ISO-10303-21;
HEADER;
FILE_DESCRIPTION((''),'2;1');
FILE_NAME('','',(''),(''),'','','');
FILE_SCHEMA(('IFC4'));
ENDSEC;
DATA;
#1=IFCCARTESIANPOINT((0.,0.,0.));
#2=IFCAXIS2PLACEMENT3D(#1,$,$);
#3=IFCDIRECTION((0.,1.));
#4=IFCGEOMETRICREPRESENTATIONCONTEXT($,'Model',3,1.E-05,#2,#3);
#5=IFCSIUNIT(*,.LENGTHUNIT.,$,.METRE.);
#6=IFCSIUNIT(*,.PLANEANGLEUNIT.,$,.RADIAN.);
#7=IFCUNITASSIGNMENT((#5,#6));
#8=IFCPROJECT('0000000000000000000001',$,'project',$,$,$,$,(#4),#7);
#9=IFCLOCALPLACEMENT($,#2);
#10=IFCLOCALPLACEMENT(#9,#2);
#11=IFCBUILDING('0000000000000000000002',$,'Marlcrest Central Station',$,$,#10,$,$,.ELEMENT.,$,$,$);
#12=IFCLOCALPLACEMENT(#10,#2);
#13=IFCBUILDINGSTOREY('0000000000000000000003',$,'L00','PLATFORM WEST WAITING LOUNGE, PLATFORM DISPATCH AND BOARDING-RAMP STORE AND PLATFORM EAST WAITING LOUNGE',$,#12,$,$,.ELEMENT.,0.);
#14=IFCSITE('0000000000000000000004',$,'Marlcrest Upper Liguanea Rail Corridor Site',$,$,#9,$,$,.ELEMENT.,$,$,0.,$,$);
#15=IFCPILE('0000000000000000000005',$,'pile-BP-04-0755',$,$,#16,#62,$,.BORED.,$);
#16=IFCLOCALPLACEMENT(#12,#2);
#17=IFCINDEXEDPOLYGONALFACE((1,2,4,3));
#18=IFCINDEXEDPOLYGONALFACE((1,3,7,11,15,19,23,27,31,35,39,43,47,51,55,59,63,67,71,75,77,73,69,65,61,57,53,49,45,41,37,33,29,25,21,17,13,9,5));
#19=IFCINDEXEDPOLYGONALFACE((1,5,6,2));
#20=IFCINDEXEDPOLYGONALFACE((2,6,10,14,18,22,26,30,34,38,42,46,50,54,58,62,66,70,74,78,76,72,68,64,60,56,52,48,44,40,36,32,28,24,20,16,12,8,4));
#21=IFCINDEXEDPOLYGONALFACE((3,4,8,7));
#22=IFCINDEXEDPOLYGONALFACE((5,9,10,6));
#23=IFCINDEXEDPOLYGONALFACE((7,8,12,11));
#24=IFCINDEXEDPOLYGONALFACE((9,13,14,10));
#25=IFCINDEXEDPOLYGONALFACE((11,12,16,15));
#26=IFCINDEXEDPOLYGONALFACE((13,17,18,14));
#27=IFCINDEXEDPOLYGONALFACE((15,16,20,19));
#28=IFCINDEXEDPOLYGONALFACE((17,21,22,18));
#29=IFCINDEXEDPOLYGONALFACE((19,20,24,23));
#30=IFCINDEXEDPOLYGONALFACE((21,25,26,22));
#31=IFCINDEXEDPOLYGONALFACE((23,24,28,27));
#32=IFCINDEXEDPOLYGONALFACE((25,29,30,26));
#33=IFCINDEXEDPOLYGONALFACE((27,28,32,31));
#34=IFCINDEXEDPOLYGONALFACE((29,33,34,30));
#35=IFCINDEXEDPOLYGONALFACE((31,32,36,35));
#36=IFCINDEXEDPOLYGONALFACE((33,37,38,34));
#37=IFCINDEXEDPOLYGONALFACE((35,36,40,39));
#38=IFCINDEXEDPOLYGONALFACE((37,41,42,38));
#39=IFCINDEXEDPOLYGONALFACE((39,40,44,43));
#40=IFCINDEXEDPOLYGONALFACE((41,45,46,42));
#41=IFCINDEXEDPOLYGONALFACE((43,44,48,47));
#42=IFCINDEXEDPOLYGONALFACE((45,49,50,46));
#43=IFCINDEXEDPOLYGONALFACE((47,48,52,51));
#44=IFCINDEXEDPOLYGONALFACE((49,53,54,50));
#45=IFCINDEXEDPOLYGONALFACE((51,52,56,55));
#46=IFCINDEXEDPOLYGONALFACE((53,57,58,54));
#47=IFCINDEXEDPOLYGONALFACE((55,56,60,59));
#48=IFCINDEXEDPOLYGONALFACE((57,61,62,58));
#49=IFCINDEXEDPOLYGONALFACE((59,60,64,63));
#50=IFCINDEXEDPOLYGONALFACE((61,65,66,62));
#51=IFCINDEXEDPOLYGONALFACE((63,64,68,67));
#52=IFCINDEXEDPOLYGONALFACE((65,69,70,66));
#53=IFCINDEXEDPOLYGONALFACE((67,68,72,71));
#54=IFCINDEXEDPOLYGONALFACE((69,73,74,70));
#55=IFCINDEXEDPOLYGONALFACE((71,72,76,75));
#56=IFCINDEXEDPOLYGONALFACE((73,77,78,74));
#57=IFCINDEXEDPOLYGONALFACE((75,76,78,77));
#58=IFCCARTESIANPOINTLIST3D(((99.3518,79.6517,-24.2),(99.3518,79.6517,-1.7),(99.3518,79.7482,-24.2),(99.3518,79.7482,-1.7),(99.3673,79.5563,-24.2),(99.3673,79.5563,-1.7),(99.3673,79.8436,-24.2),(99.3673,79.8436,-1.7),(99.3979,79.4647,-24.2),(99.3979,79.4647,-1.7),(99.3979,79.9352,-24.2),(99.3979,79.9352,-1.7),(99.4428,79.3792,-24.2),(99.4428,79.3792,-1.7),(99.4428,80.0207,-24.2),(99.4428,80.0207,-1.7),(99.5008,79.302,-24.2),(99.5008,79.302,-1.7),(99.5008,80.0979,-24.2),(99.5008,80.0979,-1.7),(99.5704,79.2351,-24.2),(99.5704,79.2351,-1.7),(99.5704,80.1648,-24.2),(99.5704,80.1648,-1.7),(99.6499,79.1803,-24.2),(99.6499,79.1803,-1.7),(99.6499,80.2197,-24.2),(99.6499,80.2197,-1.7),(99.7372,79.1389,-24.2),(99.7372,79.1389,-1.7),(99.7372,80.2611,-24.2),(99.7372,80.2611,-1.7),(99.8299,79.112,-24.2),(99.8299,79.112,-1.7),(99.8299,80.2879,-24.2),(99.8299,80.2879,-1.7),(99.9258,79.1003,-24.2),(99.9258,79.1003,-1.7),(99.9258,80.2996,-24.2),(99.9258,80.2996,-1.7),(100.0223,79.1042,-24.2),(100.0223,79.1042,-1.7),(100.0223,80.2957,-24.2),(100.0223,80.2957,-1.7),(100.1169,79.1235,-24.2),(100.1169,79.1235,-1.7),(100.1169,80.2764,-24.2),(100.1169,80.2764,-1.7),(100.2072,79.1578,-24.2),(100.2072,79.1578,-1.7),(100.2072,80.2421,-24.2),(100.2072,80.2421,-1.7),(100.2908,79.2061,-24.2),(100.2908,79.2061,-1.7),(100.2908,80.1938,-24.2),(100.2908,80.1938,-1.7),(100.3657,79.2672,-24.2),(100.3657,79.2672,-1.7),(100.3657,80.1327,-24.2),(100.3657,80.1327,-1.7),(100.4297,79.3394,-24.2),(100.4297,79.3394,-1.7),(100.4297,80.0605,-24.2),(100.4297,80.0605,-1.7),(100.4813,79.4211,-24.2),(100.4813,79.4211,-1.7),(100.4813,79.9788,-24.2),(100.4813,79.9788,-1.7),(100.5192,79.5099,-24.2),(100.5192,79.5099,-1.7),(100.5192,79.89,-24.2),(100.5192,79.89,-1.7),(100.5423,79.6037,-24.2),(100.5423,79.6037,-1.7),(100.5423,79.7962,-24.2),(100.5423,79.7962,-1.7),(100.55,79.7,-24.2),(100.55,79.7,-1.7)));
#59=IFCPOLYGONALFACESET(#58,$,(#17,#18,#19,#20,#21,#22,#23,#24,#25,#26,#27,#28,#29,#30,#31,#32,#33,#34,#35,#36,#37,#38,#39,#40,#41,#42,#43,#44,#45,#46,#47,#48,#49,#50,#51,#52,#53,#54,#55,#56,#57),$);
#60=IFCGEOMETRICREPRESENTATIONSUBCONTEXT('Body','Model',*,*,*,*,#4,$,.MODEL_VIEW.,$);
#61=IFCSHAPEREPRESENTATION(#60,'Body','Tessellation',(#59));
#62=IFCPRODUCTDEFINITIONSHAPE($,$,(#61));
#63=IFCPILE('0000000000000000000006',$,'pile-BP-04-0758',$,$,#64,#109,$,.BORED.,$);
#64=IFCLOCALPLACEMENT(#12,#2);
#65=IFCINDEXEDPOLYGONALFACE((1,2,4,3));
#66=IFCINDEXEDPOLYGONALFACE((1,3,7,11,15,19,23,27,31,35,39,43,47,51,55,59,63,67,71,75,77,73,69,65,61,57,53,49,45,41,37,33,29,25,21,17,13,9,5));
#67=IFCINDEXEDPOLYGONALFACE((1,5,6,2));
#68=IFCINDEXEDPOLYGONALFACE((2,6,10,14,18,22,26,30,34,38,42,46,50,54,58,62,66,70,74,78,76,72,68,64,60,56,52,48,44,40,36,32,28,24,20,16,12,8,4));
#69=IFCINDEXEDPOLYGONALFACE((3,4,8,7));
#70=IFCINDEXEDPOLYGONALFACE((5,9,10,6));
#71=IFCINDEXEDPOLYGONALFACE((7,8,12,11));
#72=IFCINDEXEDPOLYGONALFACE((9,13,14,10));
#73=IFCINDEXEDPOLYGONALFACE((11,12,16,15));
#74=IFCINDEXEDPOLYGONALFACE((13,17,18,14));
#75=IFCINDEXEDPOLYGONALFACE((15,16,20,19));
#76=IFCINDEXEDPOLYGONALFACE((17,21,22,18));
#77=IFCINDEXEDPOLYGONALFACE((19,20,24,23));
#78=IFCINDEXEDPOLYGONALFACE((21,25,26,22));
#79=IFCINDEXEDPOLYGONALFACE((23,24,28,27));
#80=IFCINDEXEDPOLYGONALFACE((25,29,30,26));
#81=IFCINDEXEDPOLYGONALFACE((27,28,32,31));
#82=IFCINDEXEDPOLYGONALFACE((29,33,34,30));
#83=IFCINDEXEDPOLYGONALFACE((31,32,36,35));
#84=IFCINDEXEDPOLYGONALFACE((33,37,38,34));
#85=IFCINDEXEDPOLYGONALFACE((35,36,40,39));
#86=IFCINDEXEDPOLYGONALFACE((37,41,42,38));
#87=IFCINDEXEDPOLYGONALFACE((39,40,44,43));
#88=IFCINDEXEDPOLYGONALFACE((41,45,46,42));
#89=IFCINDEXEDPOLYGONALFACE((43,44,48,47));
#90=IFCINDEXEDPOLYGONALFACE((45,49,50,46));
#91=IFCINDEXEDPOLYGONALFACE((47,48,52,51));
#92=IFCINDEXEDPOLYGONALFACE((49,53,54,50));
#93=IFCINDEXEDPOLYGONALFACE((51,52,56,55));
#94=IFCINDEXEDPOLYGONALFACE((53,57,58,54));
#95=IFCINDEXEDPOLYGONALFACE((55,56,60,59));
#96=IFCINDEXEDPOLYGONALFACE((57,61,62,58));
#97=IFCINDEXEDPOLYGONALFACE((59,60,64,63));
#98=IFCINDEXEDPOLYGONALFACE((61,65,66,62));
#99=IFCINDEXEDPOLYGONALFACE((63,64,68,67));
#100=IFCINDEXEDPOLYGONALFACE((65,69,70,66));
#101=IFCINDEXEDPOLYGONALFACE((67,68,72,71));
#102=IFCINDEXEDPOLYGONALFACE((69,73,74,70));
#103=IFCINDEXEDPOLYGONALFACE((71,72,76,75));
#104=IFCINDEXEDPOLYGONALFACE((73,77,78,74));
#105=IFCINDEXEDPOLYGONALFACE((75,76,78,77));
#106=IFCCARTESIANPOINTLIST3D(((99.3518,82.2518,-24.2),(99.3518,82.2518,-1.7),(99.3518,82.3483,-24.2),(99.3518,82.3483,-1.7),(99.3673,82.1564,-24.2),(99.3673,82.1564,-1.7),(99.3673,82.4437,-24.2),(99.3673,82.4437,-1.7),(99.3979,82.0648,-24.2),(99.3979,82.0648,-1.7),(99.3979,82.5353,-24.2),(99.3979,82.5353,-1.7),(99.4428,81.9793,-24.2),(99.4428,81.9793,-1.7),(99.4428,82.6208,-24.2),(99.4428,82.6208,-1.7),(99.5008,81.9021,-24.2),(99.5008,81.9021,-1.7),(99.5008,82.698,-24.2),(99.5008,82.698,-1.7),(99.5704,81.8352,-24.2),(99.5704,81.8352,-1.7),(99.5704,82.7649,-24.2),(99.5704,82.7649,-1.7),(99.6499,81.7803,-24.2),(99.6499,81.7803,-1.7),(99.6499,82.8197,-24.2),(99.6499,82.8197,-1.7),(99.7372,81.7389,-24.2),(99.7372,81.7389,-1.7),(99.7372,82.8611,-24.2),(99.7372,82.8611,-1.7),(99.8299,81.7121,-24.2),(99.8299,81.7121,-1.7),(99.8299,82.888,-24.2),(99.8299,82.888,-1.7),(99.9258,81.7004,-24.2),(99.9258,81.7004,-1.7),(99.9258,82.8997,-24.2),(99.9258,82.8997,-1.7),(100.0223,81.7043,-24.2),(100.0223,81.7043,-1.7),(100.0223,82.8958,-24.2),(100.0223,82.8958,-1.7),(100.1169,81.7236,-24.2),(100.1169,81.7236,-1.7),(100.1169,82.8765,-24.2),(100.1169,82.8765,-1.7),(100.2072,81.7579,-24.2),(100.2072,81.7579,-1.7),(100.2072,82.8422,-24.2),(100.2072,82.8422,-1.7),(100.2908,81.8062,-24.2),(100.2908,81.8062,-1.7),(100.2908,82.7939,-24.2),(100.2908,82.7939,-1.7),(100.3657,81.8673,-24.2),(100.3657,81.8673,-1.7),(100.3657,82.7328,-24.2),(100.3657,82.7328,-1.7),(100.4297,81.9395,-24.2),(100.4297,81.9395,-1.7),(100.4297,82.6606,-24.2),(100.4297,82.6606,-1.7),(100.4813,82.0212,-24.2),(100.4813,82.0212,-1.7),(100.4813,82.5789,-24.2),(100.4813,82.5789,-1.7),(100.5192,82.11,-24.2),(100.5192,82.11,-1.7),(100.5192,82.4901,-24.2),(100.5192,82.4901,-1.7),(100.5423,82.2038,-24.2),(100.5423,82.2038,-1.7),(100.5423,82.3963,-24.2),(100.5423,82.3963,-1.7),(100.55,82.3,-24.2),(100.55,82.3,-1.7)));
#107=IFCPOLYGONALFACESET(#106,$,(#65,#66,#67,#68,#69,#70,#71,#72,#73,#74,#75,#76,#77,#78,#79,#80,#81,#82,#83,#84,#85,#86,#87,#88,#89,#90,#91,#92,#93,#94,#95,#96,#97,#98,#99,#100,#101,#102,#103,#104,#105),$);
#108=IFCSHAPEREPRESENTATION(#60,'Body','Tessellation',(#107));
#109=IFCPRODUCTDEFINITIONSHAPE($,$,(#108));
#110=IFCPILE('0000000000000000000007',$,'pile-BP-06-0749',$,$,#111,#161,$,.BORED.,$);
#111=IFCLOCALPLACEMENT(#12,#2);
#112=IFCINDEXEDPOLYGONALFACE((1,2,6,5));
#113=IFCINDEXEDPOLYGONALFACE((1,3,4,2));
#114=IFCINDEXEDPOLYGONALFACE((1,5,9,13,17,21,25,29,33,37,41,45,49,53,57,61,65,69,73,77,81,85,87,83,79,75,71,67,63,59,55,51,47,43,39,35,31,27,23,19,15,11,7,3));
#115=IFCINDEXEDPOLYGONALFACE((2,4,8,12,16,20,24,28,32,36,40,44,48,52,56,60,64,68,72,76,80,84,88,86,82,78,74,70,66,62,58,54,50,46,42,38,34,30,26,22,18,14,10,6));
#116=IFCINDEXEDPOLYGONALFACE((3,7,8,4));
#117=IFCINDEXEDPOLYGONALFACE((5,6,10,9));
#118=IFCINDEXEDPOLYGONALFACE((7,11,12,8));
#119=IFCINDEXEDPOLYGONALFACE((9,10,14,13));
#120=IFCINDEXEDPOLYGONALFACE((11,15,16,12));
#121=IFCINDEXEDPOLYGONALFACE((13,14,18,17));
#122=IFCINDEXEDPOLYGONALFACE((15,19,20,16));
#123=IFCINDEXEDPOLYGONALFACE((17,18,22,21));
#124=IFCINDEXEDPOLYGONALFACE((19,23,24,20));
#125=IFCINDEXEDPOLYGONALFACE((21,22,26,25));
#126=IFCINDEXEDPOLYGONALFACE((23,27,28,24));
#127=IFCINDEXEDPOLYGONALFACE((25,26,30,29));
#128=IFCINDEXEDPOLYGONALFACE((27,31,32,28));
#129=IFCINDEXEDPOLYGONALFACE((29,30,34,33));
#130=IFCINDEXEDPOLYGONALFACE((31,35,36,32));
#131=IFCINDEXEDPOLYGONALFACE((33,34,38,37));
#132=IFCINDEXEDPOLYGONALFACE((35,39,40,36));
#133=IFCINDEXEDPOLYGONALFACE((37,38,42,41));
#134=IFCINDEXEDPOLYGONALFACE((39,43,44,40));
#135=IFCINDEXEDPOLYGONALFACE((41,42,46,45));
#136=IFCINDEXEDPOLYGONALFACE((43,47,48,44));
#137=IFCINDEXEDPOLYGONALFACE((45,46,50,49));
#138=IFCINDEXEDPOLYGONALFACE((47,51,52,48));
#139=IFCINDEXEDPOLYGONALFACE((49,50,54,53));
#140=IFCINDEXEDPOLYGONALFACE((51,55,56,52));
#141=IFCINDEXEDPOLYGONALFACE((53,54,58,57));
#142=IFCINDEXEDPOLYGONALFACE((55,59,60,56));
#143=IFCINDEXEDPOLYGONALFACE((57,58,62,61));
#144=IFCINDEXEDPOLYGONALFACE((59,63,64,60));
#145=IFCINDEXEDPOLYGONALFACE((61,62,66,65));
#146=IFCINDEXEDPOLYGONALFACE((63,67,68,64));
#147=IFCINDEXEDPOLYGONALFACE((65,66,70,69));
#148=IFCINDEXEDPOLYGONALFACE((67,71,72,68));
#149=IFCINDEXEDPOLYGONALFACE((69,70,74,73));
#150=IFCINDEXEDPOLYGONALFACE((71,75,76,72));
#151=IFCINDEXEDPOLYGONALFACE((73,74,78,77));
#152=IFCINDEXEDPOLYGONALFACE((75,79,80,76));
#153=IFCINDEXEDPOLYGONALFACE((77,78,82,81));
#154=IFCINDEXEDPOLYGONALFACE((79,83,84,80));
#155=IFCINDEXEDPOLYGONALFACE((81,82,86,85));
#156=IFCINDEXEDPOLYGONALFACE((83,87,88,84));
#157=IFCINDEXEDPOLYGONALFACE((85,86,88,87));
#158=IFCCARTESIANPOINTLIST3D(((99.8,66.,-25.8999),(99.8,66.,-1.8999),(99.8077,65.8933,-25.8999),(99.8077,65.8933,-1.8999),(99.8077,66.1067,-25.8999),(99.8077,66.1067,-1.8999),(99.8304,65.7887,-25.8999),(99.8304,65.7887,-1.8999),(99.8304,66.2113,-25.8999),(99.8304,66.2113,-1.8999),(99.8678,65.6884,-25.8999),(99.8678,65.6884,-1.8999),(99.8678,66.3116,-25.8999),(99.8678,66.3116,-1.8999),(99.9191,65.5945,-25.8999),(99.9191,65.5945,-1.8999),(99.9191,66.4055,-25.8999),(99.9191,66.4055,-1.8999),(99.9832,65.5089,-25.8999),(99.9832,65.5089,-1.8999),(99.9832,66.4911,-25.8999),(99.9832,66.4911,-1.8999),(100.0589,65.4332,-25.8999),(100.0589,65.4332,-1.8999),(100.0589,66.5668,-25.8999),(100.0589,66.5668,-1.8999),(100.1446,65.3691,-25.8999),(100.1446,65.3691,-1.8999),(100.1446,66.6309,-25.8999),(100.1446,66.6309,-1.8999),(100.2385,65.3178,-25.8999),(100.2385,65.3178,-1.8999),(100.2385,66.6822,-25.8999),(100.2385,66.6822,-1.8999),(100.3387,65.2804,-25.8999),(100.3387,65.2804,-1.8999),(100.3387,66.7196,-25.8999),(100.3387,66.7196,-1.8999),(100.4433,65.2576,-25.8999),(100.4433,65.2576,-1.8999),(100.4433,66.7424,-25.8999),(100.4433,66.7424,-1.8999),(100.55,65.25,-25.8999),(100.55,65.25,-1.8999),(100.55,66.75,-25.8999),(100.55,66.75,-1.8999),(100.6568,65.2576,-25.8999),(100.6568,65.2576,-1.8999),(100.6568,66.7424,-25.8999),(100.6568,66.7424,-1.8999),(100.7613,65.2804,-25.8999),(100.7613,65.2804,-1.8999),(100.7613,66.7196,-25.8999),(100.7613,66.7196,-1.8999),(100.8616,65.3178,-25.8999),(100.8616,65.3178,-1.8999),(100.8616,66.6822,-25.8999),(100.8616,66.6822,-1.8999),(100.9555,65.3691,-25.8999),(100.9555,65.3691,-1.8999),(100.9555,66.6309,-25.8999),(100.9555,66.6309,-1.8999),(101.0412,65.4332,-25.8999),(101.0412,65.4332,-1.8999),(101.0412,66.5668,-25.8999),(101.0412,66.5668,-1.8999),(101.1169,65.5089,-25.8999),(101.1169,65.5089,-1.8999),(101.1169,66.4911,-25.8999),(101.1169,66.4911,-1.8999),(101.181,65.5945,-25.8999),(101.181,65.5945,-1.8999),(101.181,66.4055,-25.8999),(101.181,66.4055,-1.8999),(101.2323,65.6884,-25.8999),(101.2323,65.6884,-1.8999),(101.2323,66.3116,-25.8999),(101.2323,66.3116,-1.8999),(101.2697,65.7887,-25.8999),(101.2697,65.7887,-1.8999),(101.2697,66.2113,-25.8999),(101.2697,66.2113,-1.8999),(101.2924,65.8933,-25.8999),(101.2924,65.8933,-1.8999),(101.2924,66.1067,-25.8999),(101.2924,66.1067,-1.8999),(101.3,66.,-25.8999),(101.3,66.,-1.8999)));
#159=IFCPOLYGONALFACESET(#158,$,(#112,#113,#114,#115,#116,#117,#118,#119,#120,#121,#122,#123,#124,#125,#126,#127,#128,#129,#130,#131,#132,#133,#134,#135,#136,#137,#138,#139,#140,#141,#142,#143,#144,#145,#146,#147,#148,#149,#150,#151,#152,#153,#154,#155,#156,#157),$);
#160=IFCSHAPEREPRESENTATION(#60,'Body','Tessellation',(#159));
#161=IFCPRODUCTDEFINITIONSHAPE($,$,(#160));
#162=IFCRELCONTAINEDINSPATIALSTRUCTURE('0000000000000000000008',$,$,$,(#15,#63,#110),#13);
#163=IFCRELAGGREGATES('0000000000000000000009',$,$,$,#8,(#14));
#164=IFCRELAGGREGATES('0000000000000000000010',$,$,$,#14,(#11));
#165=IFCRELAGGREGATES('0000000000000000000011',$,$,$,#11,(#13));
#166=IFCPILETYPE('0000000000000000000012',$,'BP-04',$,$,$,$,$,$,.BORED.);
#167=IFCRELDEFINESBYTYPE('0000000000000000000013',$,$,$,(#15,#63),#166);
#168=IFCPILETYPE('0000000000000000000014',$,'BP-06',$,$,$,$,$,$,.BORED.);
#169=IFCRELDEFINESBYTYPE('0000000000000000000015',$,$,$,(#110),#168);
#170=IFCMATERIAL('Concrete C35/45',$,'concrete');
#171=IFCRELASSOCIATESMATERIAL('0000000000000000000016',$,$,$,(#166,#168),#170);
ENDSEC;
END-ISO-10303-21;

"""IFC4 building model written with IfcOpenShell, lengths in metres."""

from ifc_helpers import new_model, si_unit, direction, frame, origin, origin_2d, place, context, subcontext, project, spatial, circle, extrude, material, material_profile, profile_set, type_object, element, save


model = new_model("IFC4")

# Units and contexts
model_context = context("Model", 3, precision=1e-05, world=origin(), true_north=direction((0.0, 1.0)))
body_context = subcontext(model_context, "Body", "Model", "MODEL_VIEW")
ifc_project = project(units=[si_unit("LENGTHUNIT", "METRE"), si_unit("PLANEANGLEUNIT", "RADIAN")], contexts=[model_context])

# Site, building, storey
site_placement = place(None, origin())
site = spatial("IfcSite", under=ifc_project, at=site_placement, Name="Marlcrest Upper Liguanea Rail Corridor Site", CompositionType="ELEMENT", RefElevation=0.0)
building_placement = place(site_placement, origin())
building = spatial("IfcBuilding", under=site, at=building_placement, Name="Marlcrest Central Station", CompositionType="ELEMENT")
storey_placement = place(building_placement, origin())
storey = spatial("IfcBuildingStorey", under=building, at=storey_placement, Name="L00", Description="PLATFORM WEST WAITING LOUNGE, PLATFORM DISPATCH AND BOARDING-RAMP STORE AND PLATFORM EAST WAITING LOUNGE", CompositionType="ELEMENT", Elevation=0.0)

# Piles
ifc_material_1 = material(Name="Concrete C35/45", Category="concrete")
ifc_material_profile_1 = material_profile(ifc_material_1, circle(Radius=0.6001, at=origin_2d()), Name="PILE D1200")
ifc_profile_set_1 = profile_set([ifc_material_profile_1], Name="Concrete C35/45")
pile_type_1 = type_object("IfcPileType", Name="BP-04", PredefinedType="BORED", material=ifc_profile_set_1)
for number, where, z_axis, x_axis, name in (
    (1, (99.95, 79.7, -1.7), (0.0, 0.0, -1.0), (1.0, 0.0, 0.0), "pile-BP-04-0755"),
    (2, (99.95, 82.3, -1.7), (0.0, 0.0, -1.0), (1.0, 0.0, 0.0), "pile-BP-04-0758"),
):
    element("IfcPile", number, at=place(storey_placement, frame(where, z_axis=z_axis, x_axis=x_axis)), inside=storey, type_object=pile_type_1, Name=name, PredefinedType="BORED", context=body_context, shape_type="SweptSolid", body=[
        extrude(circle(Radius=0.6001, at=origin_2d()), origin(), (0.0, 0.0, 1.0), 22.5),
    ])
ifc_material_profile_2 = material_profile(ifc_material_1, circle(Radius=0.75, at=origin_2d()), Name="PILE D1500")
ifc_profile_set_2 = profile_set([ifc_material_profile_2], Name="Concrete C35/45")
pile_type_2 = type_object("IfcPileType", Name="BP-06", PredefinedType="BORED", material=ifc_profile_set_2)
for number, where, z_axis, x_axis, name in (
    (3, (100.55, 66.0, -1.8999), (0.0, 0.0, -1.0), (1.0, 0.0, 0.0), "pile-BP-06-0749"),
):
    element("IfcPile", number, at=place(storey_placement, frame(where, z_axis=z_axis, x_axis=x_axis)), inside=storey, type_object=pile_type_2, Name=name, PredefinedType="BORED", context=body_context, shape_type="SweptSolid", body=[
        extrude(circle(Radius=0.75, at=origin_2d()), origin(), (0.0, 0.0, 1.0), 24.0),
    ])

save(model, "model.ifc")
